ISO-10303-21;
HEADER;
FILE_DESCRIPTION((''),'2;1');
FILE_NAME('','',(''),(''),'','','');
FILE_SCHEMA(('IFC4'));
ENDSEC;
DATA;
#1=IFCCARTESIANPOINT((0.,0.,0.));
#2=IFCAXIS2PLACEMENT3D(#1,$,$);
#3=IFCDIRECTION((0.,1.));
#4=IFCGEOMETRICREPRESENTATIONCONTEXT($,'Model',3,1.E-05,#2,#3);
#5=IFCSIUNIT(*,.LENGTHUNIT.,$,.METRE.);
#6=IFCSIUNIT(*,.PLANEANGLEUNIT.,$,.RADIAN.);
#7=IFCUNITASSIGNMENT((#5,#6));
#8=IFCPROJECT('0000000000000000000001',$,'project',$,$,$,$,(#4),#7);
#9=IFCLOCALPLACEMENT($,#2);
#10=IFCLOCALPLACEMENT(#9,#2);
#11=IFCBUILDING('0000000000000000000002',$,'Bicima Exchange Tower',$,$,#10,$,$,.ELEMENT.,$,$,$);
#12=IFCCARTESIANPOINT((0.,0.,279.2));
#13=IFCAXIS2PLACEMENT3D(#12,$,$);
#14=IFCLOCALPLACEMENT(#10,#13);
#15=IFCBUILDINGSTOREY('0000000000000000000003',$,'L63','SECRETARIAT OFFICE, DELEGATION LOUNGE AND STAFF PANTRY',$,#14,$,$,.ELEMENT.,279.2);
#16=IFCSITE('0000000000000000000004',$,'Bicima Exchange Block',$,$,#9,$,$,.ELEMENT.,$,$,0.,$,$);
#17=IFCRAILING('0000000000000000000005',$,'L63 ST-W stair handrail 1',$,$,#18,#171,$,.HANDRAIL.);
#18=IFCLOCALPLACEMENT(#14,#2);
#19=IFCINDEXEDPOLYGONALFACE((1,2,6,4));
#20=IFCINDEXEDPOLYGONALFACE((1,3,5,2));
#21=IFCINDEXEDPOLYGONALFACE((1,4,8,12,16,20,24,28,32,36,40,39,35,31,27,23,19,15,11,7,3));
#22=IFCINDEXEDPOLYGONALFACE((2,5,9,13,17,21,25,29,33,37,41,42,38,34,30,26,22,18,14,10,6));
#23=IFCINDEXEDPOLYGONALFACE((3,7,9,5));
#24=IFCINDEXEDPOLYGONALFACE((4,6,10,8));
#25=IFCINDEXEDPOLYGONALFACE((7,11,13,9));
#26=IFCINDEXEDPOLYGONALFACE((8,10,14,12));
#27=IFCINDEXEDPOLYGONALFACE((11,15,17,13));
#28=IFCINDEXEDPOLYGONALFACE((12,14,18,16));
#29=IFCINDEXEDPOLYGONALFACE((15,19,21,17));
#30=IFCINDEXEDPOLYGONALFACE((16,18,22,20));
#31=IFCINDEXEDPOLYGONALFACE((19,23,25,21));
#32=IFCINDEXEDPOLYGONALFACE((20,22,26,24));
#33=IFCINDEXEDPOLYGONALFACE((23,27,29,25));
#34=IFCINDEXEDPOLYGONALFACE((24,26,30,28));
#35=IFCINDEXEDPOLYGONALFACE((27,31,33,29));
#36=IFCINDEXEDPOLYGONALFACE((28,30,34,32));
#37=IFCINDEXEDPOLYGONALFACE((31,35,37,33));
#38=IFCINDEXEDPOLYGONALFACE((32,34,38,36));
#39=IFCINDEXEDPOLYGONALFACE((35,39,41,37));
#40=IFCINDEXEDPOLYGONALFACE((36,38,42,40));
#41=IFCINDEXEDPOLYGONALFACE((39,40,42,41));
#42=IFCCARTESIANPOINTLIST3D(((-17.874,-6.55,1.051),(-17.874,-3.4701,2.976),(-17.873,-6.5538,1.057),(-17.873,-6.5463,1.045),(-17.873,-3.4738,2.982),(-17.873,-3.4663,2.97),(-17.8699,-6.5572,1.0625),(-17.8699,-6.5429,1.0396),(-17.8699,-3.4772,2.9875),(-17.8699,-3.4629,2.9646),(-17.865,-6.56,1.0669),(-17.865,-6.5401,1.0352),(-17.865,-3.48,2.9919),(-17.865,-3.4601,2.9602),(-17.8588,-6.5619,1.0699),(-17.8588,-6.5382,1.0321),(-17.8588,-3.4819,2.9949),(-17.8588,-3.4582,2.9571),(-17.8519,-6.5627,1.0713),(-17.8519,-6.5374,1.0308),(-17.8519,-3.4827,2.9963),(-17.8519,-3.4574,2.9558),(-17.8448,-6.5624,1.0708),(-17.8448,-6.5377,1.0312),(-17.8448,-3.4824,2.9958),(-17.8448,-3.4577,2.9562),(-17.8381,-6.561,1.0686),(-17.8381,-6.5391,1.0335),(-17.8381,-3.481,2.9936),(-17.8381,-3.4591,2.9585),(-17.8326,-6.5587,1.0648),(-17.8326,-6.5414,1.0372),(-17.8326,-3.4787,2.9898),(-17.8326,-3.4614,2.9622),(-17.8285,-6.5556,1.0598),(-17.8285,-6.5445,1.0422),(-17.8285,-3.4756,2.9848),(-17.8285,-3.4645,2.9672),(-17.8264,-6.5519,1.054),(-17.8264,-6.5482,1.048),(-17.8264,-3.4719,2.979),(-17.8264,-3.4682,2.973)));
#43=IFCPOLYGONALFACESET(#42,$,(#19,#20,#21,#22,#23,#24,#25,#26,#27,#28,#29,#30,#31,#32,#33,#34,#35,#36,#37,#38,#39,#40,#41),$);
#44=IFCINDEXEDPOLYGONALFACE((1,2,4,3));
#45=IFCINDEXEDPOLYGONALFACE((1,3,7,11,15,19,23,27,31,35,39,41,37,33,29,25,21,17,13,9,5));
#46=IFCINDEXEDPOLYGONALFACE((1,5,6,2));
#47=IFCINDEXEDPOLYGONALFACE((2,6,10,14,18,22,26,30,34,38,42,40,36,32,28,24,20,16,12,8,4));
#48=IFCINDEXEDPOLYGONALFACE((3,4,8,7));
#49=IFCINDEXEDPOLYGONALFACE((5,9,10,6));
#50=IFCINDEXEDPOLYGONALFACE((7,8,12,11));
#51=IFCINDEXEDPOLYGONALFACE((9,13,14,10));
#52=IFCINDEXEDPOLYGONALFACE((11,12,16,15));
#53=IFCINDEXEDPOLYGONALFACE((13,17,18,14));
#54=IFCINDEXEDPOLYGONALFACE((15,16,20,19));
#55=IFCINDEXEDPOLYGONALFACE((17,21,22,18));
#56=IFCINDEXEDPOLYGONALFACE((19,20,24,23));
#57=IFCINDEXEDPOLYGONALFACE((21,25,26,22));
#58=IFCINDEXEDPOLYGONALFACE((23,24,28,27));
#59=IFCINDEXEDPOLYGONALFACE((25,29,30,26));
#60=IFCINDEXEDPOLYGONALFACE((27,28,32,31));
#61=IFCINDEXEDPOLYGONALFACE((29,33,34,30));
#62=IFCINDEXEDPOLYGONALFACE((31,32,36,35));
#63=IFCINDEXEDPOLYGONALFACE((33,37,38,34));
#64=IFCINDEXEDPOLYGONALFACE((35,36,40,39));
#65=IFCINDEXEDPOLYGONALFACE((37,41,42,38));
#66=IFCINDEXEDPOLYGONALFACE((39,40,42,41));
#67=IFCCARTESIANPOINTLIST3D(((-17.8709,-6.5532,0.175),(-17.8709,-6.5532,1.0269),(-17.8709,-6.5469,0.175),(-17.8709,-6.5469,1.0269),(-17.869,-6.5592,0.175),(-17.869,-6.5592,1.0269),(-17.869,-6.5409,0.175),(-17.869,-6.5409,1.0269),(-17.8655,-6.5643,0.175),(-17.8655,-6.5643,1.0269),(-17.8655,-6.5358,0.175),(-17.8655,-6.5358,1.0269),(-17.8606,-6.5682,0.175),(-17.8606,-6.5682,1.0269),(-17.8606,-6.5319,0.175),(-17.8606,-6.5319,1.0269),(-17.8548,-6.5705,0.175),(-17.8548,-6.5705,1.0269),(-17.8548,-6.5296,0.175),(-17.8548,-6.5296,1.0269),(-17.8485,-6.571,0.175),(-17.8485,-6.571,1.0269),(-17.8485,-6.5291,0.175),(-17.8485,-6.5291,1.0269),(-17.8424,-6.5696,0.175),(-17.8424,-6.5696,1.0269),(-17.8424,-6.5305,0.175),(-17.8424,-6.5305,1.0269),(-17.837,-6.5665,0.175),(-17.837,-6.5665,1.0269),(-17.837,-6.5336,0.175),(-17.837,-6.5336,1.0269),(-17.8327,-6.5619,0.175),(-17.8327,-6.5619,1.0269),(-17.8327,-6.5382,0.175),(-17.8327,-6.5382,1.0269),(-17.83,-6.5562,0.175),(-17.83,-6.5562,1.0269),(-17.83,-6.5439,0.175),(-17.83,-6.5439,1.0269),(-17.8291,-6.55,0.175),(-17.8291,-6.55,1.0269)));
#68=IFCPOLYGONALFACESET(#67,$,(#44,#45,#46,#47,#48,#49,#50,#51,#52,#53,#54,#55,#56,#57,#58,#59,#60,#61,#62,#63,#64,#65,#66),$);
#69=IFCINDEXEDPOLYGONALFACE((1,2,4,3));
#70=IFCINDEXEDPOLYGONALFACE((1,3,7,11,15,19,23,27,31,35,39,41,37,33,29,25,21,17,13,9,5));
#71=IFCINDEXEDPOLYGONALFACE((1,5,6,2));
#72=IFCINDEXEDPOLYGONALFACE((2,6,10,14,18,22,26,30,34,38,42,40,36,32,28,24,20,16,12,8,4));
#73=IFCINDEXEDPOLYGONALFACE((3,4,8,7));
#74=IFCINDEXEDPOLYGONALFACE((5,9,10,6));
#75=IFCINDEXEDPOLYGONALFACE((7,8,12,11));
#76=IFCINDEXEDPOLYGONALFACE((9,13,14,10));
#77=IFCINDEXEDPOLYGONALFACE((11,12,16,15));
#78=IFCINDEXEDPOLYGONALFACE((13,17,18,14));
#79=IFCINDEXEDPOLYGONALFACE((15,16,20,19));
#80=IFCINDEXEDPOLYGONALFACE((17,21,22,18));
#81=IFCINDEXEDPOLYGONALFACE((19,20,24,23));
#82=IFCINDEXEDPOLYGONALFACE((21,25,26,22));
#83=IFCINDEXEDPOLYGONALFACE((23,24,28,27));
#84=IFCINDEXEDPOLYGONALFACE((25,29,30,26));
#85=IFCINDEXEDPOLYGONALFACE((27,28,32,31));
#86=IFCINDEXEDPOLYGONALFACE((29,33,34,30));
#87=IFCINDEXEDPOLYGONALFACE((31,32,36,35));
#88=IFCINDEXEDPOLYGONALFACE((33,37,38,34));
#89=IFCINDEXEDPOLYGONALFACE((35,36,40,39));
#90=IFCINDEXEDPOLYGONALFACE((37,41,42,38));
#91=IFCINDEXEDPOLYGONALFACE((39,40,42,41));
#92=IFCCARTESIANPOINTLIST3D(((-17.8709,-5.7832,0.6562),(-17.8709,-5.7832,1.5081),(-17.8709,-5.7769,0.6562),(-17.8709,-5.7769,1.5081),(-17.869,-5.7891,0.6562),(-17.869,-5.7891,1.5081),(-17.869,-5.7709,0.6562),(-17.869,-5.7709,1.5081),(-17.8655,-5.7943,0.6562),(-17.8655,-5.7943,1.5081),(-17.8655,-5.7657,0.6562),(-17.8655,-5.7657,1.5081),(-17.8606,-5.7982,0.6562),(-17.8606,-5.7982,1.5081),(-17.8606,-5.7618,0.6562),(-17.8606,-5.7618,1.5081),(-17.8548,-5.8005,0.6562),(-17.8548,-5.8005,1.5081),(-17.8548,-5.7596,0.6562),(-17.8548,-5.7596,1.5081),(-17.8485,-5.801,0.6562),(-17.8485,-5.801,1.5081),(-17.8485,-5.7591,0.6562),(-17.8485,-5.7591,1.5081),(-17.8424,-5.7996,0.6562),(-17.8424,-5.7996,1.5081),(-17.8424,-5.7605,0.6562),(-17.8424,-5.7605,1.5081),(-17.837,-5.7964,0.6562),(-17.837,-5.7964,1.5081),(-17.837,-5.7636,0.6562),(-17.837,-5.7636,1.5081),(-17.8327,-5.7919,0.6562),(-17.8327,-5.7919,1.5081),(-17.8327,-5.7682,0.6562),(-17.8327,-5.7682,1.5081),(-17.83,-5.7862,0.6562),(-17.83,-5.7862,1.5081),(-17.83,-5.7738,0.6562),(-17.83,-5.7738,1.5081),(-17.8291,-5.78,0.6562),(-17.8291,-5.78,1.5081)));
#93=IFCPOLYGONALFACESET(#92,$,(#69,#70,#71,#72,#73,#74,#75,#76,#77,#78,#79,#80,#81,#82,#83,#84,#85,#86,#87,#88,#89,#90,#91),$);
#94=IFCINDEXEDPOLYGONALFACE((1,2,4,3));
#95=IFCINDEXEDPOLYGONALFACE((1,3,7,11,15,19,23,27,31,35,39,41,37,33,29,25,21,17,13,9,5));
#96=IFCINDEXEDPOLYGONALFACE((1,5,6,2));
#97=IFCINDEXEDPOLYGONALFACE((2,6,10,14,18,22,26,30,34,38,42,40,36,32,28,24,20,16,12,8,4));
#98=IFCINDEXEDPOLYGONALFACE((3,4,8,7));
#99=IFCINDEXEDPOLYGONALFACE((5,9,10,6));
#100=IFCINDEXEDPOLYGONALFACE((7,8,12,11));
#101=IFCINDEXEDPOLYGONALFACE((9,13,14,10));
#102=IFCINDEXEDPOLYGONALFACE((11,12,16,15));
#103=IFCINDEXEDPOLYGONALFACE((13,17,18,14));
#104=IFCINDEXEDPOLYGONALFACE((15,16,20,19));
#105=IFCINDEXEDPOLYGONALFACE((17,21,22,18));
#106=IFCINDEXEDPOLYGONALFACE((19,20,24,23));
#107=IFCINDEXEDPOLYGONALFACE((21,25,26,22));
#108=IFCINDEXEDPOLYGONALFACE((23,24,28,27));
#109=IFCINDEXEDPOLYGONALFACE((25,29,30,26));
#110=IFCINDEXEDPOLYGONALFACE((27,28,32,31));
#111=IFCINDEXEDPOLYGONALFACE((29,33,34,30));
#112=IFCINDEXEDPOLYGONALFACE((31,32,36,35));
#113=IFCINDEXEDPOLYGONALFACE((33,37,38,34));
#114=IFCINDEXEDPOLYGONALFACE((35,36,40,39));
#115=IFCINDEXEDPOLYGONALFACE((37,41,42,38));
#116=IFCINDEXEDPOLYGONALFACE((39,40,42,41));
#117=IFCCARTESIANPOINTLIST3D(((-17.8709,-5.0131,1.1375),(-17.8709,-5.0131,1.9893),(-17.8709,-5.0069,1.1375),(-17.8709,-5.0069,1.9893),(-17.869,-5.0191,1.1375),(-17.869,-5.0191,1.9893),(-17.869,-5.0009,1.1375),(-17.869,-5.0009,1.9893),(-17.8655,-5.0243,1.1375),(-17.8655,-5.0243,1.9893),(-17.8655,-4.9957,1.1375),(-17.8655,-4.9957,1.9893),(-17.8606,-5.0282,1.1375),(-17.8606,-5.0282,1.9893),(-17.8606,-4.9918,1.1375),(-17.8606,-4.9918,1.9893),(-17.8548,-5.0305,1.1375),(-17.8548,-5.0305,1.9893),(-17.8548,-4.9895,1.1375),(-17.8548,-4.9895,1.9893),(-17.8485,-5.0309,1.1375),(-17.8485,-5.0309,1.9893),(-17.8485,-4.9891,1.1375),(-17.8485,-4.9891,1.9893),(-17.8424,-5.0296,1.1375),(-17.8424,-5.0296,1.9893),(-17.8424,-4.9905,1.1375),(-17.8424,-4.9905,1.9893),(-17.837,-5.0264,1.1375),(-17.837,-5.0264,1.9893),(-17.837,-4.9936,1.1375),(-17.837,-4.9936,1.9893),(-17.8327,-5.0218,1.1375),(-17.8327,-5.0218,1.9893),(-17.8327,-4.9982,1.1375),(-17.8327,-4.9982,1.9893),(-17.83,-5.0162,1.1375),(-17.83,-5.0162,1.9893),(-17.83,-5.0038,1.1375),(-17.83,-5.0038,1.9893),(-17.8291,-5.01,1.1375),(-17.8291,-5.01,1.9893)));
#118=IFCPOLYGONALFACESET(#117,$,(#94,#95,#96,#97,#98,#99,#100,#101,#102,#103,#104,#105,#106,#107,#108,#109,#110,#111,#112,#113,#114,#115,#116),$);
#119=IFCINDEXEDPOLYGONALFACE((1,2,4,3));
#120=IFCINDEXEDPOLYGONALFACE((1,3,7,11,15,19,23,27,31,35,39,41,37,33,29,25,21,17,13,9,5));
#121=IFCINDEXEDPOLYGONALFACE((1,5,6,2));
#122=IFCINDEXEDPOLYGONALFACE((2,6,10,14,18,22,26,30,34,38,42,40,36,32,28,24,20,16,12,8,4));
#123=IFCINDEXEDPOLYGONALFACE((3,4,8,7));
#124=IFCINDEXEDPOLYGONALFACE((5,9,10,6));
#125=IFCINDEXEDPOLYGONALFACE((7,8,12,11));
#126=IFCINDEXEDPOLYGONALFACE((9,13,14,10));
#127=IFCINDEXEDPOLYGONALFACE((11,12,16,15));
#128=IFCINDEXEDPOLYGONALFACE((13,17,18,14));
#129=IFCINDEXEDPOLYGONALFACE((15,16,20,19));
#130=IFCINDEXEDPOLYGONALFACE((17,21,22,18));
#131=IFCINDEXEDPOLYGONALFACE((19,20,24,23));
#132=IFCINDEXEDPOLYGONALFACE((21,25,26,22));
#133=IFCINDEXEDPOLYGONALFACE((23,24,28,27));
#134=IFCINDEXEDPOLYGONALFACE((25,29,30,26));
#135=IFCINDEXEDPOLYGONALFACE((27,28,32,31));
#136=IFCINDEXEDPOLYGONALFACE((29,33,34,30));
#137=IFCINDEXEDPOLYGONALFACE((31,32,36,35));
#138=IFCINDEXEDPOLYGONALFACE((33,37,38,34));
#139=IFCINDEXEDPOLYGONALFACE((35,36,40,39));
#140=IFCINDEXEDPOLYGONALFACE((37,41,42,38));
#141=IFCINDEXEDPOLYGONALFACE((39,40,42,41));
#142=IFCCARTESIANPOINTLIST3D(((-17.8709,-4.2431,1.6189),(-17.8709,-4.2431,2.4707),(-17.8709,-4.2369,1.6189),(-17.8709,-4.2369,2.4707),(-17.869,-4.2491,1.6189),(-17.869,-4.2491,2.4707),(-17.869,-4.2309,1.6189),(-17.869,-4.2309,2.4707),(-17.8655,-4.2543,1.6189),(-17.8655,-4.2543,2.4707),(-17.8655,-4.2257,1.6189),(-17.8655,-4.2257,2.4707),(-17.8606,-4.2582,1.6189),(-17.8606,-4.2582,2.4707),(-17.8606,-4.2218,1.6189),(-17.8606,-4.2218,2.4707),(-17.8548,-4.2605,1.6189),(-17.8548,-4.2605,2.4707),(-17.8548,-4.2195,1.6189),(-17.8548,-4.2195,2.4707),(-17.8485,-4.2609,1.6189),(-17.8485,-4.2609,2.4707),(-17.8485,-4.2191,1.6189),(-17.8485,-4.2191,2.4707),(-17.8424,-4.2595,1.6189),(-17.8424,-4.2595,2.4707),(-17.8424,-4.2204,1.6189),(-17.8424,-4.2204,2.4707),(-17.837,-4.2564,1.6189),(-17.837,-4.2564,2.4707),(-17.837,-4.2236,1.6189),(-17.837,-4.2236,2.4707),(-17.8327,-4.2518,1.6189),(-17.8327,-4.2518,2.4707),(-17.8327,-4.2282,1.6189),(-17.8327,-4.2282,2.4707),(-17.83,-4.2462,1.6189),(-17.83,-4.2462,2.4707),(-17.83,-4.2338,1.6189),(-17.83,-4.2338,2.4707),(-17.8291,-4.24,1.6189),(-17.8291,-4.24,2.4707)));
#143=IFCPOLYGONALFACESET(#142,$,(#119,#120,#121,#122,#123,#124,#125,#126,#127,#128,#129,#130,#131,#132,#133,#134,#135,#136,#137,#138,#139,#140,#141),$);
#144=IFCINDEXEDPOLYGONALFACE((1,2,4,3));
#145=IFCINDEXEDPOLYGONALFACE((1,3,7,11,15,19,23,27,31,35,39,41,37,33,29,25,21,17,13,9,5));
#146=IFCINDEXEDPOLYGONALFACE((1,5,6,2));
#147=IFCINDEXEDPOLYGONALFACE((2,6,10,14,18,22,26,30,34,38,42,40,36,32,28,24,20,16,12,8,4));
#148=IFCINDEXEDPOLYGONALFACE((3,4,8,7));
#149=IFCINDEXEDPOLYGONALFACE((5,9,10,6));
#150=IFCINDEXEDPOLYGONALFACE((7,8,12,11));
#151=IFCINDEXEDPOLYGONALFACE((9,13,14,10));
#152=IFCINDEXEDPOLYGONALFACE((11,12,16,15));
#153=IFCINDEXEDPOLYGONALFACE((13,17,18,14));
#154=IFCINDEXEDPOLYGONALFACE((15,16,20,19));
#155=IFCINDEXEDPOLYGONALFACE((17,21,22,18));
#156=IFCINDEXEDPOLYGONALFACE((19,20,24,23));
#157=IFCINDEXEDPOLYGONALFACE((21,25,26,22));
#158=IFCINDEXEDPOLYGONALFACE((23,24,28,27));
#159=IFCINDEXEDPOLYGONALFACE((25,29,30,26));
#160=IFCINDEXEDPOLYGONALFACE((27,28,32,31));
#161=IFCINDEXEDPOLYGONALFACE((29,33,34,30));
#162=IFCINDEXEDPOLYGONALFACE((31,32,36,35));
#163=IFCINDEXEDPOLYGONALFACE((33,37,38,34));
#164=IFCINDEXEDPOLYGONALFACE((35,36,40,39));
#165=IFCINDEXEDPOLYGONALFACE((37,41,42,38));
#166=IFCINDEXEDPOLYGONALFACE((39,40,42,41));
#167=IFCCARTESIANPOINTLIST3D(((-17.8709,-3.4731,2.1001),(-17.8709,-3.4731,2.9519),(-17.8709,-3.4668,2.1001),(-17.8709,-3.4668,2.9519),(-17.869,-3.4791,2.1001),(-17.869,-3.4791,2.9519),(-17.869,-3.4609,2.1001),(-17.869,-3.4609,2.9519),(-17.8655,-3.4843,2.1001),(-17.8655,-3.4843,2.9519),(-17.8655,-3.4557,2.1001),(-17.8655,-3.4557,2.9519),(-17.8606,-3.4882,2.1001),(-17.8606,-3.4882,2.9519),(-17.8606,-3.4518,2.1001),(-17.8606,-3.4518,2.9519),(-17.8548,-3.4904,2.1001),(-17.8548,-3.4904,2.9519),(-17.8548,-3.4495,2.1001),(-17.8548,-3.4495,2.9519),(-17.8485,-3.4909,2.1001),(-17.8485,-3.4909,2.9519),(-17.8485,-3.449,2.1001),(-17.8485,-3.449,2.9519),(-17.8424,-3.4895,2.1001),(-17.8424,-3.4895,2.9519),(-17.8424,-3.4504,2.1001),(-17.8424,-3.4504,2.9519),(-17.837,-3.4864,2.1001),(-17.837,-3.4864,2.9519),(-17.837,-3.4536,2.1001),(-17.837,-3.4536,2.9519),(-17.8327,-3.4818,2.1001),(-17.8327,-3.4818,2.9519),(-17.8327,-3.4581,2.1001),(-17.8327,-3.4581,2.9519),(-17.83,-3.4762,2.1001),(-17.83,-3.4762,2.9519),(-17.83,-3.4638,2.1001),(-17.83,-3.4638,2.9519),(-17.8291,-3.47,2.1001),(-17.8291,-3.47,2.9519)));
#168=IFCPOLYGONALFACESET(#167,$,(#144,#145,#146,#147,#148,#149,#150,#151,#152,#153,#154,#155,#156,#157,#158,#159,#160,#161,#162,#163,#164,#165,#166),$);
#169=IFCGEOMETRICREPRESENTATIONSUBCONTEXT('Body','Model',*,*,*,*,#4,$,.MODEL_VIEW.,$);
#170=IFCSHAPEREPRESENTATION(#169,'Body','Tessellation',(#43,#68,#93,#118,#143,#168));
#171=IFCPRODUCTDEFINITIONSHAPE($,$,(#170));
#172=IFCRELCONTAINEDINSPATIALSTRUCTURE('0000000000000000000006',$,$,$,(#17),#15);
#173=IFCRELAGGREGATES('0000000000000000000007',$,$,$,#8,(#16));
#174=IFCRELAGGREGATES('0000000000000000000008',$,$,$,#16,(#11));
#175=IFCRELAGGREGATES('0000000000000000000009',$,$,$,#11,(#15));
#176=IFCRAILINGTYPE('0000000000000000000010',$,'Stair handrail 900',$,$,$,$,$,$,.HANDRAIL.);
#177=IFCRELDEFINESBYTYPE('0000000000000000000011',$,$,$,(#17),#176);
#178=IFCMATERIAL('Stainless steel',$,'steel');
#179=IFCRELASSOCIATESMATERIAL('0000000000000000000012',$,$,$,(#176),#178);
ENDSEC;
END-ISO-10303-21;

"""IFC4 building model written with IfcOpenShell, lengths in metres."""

from ifc_helpers import new_model, si_unit, direction, frame, origin, origin_2d, place, context, subcontext, project, spatial, circle, extrude, material, type_object, element, save


model = new_model("IFC4")

# Units and contexts
model_context = context("Model", 3, precision=1e-05, world=origin(), true_north=direction((0.0, 1.0)))
body_context = subcontext(model_context, "Body", "Model", "MODEL_VIEW")
ifc_project = project(units=[si_unit("LENGTHUNIT", "METRE"), si_unit("PLANEANGLEUNIT", "RADIAN")], contexts=[model_context])

# Site, building, storey
site_placement = place(None, origin())
site = spatial("IfcSite", under=ifc_project, at=site_placement, Name="Bicima Exchange Block", CompositionType="ELEMENT", RefElevation=0.0)
building_placement = place(site_placement, origin())
building = spatial("IfcBuilding", under=site, at=building_placement, Name="Bicima Exchange Tower", CompositionType="ELEMENT")
storey_placement = place(building_placement, frame((0.0, 0.0, 279.2)))
storey = spatial("IfcBuildingStorey", under=building, at=storey_placement, Name="L63", Description="SECRETARIAT OFFICE, DELEGATION LOUNGE AND STAFF PANTRY", CompositionType="ELEMENT", Elevation=279.2)

# Shared definitions
ifc_material_1 = material(Name="Stainless steel", Category="steel")

# Railing
railing_type_1 = type_object("IfcRailingType", Name="Stair handrail 900", PredefinedType="HANDRAIL", material=ifc_material_1)
railing_1_placement = place(storey_placement, frame((-17.8501, -6.55, 0.175)))
element("IfcRailing", 1, at=railing_1_placement, inside=storey, type_object=railing_type_1, Name="L63 ST-W stair handrail 1", PredefinedType="HANDRAIL", context=body_context, shape_type="SweptSolid", body=[
    extrude(circle(Radius=0.0239, at=origin_2d()), frame((0.0, 0.0, 0.876), z_axis=(0.0, 0.847998, 0.529999), x_axis=(-1.0, 0.0, 0.0)), (0.0, 0.0, 1.0), 3.6321),
    extrude(circle(Radius=0.021, at=origin_2d()), origin(), (0.0, 0.0, 1.0), 0.8518),
    extrude(circle(Radius=0.021, at=origin_2d()), frame((0.0, 0.77, 0.4812)), (0.0, 0.0, 1.0), 0.8518),
    extrude(circle(Radius=0.021, at=origin_2d()), frame((0.0, 1.54, 0.9624)), (0.0, 0.0, 1.0), 0.8518),
    extrude(circle(Radius=0.021, at=origin_2d()), frame((0.0, 2.3101, 1.4438)), (0.0, 0.0, 1.0), 0.8518),
    extrude(circle(Radius=0.021, at=origin_2d()), frame((0.0, 3.0801, 1.925)), (0.0, 0.0, 1.0), 0.8518),
])

save(model, "model.ifc")
